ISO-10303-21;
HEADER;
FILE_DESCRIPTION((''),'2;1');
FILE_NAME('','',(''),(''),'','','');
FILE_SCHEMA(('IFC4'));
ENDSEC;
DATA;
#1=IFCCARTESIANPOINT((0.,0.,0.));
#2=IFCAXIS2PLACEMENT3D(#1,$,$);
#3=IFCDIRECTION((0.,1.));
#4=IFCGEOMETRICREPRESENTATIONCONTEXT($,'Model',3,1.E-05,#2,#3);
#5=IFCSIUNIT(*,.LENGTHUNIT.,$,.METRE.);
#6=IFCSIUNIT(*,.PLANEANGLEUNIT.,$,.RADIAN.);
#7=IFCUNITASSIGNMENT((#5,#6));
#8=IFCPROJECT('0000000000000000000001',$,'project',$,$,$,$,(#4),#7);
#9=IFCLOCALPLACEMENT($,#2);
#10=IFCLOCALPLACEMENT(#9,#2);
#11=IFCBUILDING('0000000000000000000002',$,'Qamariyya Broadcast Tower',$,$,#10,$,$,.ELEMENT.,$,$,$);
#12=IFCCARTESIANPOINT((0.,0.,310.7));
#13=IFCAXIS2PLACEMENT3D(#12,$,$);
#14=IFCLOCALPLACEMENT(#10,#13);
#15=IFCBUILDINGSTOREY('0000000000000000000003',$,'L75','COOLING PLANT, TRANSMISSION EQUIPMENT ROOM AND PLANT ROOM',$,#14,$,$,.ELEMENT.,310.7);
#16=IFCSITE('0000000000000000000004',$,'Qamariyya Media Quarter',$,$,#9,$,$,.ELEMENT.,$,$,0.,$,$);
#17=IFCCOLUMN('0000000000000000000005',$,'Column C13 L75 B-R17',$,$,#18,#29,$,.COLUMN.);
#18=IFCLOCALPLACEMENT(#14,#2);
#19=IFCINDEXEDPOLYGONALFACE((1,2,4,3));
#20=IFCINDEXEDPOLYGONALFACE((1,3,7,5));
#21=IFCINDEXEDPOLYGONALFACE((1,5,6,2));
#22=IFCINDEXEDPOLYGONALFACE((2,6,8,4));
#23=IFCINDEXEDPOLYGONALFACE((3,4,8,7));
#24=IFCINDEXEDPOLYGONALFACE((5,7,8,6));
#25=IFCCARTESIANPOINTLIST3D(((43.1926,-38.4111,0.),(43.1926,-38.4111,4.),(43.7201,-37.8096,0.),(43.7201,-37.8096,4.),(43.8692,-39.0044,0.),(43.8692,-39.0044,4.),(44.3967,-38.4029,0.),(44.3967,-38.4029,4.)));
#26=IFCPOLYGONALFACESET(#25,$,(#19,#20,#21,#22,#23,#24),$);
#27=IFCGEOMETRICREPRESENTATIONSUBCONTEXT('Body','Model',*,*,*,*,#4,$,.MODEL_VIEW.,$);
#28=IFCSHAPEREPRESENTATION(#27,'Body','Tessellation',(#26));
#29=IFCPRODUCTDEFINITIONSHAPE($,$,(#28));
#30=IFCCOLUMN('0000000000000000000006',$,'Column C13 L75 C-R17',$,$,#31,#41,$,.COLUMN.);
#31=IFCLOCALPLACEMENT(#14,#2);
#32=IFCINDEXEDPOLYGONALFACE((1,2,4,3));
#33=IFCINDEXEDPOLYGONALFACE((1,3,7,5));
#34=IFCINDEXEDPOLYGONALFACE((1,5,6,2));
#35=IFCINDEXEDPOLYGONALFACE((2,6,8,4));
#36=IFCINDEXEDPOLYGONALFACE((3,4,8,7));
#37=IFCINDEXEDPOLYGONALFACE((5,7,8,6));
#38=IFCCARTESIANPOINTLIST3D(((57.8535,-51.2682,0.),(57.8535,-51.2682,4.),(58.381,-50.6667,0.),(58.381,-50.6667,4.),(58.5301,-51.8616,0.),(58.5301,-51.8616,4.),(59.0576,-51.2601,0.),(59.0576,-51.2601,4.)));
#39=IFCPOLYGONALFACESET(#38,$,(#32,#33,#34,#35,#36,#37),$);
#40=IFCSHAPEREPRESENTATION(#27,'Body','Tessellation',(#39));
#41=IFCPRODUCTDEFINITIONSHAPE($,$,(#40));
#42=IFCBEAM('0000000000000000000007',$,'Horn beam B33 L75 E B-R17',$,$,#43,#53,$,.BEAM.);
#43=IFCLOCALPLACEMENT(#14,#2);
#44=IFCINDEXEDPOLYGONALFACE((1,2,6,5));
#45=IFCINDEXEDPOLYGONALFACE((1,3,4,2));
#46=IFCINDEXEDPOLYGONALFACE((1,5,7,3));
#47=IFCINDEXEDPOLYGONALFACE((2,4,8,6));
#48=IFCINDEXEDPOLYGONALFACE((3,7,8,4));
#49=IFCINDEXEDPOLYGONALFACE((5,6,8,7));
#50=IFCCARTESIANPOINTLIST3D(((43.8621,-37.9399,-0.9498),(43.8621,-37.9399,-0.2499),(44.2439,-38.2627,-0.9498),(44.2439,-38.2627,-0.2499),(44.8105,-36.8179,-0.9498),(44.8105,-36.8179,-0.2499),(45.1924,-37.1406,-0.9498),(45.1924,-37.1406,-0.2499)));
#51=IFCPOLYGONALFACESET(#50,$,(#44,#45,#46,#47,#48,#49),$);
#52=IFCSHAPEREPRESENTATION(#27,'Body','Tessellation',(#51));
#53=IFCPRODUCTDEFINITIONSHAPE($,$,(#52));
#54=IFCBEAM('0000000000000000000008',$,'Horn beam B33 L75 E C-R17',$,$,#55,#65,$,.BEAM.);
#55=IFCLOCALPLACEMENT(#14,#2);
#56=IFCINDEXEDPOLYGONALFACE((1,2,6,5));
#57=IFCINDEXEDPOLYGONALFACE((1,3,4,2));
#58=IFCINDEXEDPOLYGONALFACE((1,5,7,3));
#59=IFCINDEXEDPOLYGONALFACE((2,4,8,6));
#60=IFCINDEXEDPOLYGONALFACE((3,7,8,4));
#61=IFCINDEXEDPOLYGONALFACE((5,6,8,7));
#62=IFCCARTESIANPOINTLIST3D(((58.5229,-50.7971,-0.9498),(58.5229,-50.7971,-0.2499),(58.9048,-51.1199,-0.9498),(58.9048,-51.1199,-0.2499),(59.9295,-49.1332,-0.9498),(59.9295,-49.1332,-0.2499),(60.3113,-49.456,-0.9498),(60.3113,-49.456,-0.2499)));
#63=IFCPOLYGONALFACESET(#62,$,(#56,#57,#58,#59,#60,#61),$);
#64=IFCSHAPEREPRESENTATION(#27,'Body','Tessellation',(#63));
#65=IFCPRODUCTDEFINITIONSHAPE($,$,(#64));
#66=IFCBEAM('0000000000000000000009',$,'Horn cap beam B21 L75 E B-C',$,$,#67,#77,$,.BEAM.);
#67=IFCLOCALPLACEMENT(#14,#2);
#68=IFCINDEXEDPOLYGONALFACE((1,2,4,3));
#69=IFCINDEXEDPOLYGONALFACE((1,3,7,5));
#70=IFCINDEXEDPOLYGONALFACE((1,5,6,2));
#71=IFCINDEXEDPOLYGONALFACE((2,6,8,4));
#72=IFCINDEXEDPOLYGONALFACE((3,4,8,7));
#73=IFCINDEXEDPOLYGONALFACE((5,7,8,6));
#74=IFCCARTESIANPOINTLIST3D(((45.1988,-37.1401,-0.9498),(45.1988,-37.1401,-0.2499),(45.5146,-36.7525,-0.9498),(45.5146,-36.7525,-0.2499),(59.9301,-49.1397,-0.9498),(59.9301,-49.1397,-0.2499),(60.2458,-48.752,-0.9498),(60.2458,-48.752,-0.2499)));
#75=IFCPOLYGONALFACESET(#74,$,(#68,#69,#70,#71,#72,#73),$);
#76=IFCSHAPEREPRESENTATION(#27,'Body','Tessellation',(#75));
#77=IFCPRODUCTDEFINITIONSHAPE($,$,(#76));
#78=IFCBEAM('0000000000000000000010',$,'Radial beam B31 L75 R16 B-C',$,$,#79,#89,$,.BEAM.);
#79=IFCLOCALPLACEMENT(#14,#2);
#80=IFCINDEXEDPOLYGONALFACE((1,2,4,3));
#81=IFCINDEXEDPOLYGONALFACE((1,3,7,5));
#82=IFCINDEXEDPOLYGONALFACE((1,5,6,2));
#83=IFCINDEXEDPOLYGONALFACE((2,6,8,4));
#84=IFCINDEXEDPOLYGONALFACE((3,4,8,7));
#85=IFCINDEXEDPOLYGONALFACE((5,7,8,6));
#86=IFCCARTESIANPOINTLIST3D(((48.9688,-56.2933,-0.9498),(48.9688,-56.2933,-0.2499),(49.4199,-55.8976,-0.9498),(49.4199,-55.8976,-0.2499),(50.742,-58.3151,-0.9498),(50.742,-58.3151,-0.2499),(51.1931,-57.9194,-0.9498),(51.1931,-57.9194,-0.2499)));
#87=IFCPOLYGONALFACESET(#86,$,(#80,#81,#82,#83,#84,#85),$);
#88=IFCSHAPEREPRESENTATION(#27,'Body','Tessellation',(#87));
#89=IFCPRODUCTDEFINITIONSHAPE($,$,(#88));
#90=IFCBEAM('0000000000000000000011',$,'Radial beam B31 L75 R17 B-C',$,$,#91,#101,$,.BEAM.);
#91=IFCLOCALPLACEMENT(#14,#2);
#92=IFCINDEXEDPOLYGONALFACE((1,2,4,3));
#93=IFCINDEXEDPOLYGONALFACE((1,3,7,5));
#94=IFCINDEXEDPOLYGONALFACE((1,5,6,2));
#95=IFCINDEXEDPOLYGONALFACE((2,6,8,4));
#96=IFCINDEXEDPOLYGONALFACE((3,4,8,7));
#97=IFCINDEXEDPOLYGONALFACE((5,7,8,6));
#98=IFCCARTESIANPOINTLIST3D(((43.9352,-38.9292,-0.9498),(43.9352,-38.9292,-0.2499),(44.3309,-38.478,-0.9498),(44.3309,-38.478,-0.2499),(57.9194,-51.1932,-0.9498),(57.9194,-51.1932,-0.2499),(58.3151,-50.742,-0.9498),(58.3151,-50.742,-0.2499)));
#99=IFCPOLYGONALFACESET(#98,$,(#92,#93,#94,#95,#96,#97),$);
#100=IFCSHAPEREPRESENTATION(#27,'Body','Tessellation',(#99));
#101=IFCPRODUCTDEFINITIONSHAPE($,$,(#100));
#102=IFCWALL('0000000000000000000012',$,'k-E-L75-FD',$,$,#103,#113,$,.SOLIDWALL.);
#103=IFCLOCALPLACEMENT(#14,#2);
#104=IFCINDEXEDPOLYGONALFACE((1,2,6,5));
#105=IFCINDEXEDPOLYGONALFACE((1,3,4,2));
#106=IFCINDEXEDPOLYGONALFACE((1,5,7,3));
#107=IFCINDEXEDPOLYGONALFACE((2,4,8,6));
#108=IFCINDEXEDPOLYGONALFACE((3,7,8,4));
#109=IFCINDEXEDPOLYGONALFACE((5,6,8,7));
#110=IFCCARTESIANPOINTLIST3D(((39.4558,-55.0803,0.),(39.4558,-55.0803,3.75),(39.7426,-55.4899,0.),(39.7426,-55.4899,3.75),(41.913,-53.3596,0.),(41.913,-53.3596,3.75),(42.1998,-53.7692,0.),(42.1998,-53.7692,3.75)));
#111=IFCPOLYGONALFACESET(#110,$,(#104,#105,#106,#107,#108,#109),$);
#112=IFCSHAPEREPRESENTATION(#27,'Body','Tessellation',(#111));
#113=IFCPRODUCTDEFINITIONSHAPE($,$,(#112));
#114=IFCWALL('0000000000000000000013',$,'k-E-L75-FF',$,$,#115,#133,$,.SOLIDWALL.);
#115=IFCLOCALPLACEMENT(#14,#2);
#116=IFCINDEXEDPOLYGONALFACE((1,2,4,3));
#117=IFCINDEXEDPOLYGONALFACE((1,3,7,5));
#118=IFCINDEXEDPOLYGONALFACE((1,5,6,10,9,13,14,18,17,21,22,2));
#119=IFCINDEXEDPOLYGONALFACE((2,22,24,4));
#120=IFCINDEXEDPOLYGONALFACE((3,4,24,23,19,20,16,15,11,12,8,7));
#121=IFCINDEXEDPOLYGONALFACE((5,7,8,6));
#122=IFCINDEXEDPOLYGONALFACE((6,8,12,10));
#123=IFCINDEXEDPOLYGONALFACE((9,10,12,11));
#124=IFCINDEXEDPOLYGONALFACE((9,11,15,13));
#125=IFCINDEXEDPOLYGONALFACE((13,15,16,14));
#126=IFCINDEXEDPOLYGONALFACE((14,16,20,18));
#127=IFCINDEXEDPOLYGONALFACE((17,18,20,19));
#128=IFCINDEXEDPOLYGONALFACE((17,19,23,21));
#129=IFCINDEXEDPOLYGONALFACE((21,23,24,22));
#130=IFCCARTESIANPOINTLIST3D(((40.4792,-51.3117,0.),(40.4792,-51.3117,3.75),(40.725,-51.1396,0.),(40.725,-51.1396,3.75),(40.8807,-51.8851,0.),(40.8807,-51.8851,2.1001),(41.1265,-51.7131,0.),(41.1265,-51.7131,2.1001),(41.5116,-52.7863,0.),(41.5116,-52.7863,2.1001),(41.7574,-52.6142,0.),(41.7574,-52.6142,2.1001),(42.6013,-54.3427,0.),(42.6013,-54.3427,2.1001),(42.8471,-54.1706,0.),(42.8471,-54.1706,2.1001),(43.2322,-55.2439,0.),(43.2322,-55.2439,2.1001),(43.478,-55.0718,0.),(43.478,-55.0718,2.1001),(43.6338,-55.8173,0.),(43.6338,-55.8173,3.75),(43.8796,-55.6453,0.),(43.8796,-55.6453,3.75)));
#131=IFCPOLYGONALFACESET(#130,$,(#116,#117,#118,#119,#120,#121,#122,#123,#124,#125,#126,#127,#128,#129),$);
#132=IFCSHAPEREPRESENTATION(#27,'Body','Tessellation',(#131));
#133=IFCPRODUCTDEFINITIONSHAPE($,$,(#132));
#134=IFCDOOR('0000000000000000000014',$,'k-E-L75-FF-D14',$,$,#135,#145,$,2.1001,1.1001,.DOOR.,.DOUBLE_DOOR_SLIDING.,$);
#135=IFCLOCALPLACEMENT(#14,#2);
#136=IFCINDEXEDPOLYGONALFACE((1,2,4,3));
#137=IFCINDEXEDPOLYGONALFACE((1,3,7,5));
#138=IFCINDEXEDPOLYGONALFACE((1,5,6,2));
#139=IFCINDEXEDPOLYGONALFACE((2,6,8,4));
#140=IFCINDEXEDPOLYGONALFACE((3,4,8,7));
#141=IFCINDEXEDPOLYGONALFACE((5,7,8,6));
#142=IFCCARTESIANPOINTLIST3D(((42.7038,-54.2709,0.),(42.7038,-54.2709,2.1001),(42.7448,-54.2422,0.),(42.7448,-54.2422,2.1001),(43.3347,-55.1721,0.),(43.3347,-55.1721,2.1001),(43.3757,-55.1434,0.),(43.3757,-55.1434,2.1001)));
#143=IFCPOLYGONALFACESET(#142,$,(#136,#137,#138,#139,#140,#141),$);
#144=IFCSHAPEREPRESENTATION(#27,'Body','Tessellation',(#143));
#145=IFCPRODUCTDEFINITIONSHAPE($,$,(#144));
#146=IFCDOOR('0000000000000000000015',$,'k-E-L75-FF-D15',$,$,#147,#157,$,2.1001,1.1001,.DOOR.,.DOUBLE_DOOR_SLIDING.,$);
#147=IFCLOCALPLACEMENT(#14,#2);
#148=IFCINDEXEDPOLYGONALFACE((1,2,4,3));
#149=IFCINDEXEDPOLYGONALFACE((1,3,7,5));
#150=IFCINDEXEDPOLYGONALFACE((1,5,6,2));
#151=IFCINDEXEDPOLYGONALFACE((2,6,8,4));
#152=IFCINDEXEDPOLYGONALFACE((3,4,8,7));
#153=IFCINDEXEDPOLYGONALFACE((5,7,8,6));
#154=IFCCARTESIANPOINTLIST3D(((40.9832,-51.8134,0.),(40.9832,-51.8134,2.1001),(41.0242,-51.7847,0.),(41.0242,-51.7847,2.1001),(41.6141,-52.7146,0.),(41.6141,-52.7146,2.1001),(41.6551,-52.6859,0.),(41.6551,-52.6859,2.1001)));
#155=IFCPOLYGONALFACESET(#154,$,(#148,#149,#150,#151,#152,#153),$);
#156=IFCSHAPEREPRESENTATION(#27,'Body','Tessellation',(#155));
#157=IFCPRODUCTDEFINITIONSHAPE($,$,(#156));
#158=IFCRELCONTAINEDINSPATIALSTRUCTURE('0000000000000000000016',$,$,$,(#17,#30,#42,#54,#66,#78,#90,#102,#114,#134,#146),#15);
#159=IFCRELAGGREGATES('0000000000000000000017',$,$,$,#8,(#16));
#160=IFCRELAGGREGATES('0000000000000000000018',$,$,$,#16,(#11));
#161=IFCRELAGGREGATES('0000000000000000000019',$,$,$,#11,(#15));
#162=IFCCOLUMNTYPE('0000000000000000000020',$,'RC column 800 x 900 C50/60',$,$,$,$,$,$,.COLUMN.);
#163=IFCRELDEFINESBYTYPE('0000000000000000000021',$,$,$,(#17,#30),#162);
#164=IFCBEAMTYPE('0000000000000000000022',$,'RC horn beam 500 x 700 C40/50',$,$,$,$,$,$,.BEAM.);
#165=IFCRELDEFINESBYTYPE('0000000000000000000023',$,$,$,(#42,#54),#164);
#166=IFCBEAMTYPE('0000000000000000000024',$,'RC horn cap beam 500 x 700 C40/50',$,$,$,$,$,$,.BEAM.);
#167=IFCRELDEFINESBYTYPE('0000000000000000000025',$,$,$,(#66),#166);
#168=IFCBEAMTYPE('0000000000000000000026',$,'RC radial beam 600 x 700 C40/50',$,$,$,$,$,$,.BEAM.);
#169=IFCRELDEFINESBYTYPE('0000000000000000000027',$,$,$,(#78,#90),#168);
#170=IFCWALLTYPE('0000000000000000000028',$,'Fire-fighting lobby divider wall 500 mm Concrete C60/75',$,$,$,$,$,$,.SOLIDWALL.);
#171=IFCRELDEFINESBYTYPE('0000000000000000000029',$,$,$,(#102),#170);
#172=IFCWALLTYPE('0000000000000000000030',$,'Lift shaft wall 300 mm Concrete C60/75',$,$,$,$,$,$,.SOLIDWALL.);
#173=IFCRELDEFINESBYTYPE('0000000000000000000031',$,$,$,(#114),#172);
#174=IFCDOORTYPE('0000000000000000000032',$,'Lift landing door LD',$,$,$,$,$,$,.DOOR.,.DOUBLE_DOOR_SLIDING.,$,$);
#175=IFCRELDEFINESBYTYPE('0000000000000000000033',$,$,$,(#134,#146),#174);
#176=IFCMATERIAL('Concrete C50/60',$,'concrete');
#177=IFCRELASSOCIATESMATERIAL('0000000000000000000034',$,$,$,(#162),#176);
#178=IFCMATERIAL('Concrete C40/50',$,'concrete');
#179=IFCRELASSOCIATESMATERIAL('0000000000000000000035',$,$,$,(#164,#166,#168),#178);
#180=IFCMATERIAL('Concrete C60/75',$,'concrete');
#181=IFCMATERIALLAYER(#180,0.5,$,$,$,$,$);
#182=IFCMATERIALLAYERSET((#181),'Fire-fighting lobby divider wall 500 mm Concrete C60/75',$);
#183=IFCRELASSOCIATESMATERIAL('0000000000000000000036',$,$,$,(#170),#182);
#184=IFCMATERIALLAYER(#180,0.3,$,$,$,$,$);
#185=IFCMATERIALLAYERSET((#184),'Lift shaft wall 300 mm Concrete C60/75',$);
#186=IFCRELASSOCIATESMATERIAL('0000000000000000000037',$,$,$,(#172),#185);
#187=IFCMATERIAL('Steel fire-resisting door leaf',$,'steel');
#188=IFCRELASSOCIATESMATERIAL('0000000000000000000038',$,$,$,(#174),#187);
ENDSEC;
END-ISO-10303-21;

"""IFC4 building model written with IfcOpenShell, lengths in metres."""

from ifc_helpers import new_model, si_unit, direction, frame, frame_2d, origin, origin_2d, place, context, subcontext, project, spatial, rectangle, extrude, material, layer, layer_set, material_profile, profile_set, type_object, element, fill, save


model = new_model("IFC4")

# Units and contexts
model_context = context("Model", 3, precision=1e-05, world=origin(), true_north=direction((0.0, 1.0)))
body_context = subcontext(model_context, "Body", "Model", "MODEL_VIEW")
ifc_project = project(units=[si_unit("LENGTHUNIT", "METRE"), si_unit("PLANEANGLEUNIT", "RADIAN")], contexts=[model_context])

# Site, building, storey
site_placement = place(None, origin())
site = spatial("IfcSite", under=ifc_project, at=site_placement, Name="Qamariyya Media Quarter", CompositionType="ELEMENT", RefElevation=0.0)
building_placement = place(site_placement, origin())
building = spatial("IfcBuilding", under=site, at=building_placement, Name="Qamariyya Broadcast Tower", CompositionType="ELEMENT")
storey_placement = place(building_placement, frame((0.0, 0.0, 310.7)))
storey = spatial("IfcBuildingStorey", under=building, at=storey_placement, Name="L75", Description="COOLING PLANT, TRANSMISSION EQUIPMENT ROOM AND PLANT ROOM", CompositionType="ELEMENT", Elevation=310.7)

# Columns
ifc_material_1 = material(Name="Concrete C50/60", Category="concrete")
ifc_material_profile_1 = material_profile(ifc_material_1, rectangle(XDim=0.8, YDim=0.8999, at=origin_2d()))
ifc_profile_set_1 = profile_set([ifc_material_profile_1], Name="Concrete C50/60")
column_type = type_object("IfcColumnType", Name="RC column 800 x 900 C50/60", PredefinedType="COLUMN", material=ifc_profile_set_1)
for number, where, z_axis, x_axis, name in (
    (1, (43.7947, -38.407, 0.0), (0.0, 0.0, 1.0), (0.659346, 0.75184, 0.0), "Column C13 L75 B-R17"),
    (2, (58.4556, -51.2642, 0.0), (0.0, 0.0, 1.0), (0.659346, 0.75184, 0.0), "Column C13 L75 C-R17"),
):
    element("IfcColumn", number, at=place(storey_placement, frame(where, z_axis=z_axis, x_axis=x_axis)), inside=storey, type_object=column_type, Name=name, PredefinedType="COLUMN", context=body_context, shape_type="SweptSolid", body=[
        extrude(rectangle(XDim=0.8, YDim=0.8999, at=origin_2d()), origin(), (0.0, 0.0, 1.0), 4.0),
    ])

# Beams
ifc_material_2 = material(Name="Concrete C40/50", Category="concrete")
ifc_material_profile_2 = material_profile(ifc_material_2, rectangle(XDim=0.5, YDim=0.7, at=origin_2d()))
ifc_profile_set_2 = profile_set([ifc_material_profile_2], Name="Concrete C40/50")
beam_type_1 = type_object("IfcBeamType", Name="RC horn beam 500 x 700 C40/50", PredefinedType="BEAM", material=ifc_profile_set_2)
beam_1_placement = place(storey_placement, frame((44.053, -38.1013, -0.5999), z_axis=(0.645562, 0.763708, 0.0), x_axis=(-0.763708, 0.645562, 0.0)))
element("IfcBeam", 3, at=beam_1_placement, inside=storey, type_object=beam_type_1, Name="Horn beam B33 L75 E B-R17", PredefinedType="BEAM", context=body_context, shape_type="SweptSolid", body=[
    extrude(rectangle(XDim=0.5, YDim=0.7, at=origin_2d()), origin(), (0.0, 0.0, 1.0), 1.4692),
])
beam_2_placement = place(storey_placement, frame((58.7139, -50.9585, -0.5999), z_axis=(0.64558, 0.763692, 0.0), x_axis=(-0.763692, 0.64558, 0.0)))
element("IfcBeam", 4, at=beam_2_placement, inside=storey, type_object=beam_type_1, Name="Horn beam B33 L75 E C-R17", PredefinedType="BEAM", context=body_context, shape_type="SweptSolid", body=[
    extrude(rectangle(XDim=0.5, YDim=0.7, at=origin_2d()), origin(), (0.0, 0.0, 1.0), 2.1787),
])
ifc_material_profile_3 = material_profile(ifc_material_2, rectangle(XDim=0.5, YDim=0.7, at=origin_2d()))
ifc_profile_set_3 = profile_set([ifc_material_profile_3], Name="Concrete C40/50")
beam_type_2 = type_object("IfcBeamType", Name="RC horn cap beam 500 x 700 C40/50", PredefinedType="BEAM", material=ifc_profile_set_3)
beam_3_placement = place(storey_placement, frame((45.3567, -36.9463, -0.5999), z_axis=(0.77533, -0.631556, 0.0), x_axis=(0.631556, 0.77533, 0.0)))
element("IfcBeam", 5, at=beam_3_placement, inside=storey, type_object=beam_type_2, Name="Horn cap beam B21 L75 E B-C", PredefinedType="BEAM", context=body_context, shape_type="SweptSolid", body=[
    extrude(rectangle(XDim=0.5, YDim=0.7, at=origin_2d()), origin(), (0.0, 0.0, 1.0), 19.0),
])
ifc_material_profile_4 = material_profile(ifc_material_2, rectangle(XDim=0.6001, YDim=0.7, at=origin_2d()))
ifc_profile_set_4 = profile_set([ifc_material_profile_4], Name="Concrete C40/50")
beam_type_3 = type_object("IfcBeamType", Name="RC radial beam 600 x 700 C40/50", PredefinedType="BEAM", material=ifc_profile_set_4)
beam_4_placement = place(storey_placement, frame((49.1943, -56.0955, -0.5999), z_axis=(0.659385, -0.751806, 0.0), x_axis=(0.751806, 0.659385, 0.0)))
element("IfcBeam", 6, at=beam_4_placement, inside=storey, type_object=beam_type_3, Name="Radial beam B31 L75 R16 B-C", PredefinedType="BEAM", context=body_context, shape_type="SweptSolid", body=[
    extrude(rectangle(XDim=0.6001, YDim=0.7, at=origin_2d()), origin(), (0.0, 0.0, 1.0), 2.6892),
])
beam_5_placement = place(storey_placement, frame((44.1331, -38.7036, -0.5999), z_axis=(0.751835, -0.659351, 0.0), x_axis=(0.659351, 0.751835, 0.0)))
element("IfcBeam", 7, at=beam_5_placement, inside=storey, type_object=beam_type_3, Name="Radial beam B31 L75 R17 B-C", PredefinedType="BEAM", context=body_context, shape_type="SweptSolid", body=[
    extrude(rectangle(XDim=0.6001, YDim=0.7, at=origin_2d()), origin(), (0.0, 0.0, 1.0), 18.6001),
])

# Wall
ifc_material_3 = material(Name="Concrete C60/75", Category="concrete")
ifc_layer_1 = layer(ifc_material_3, 0.5)
ifc_layer_set_1 = layer_set([ifc_layer_1], Name="Fire-fighting lobby divider wall 500 mm Concrete C60/75")
wall_type_1 = type_object("IfcWallType", Name="Fire-fighting lobby divider wall 500 mm Concrete C60/75", PredefinedType="SOLIDWALL", material=ifc_layer_set_1)
wall_1_placement = place(storey_placement, frame((39.5991, -55.2852, 0.0), z_axis=(0.0, 0.0, 1.0), x_axis=(0.819136, 0.573599, 0.0)))
element("IfcWall", 8, at=wall_1_placement, inside=storey, type_object=wall_type_1, Name="k-E-L75-FD", PredefinedType="SOLIDWALL", context=body_context, shape_type="SweptSolid", body=[
    extrude(rectangle(XDim=2.9998, YDim=0.5, at=frame_2d((1.5, 0.0))), origin(), (0.0, 0.0, 1.0), 3.75),
])

# Wall, openings, doors
ifc_layer_2 = layer(ifc_material_3, 0.3)
ifc_layer_set_2 = layer_set([ifc_layer_2], Name="Lift shaft wall 300 mm Concrete C60/75")
wall_type_2 = type_object("IfcWallType", Name="Lift shaft wall 300 mm Concrete C60/75", PredefinedType="SOLIDWALL", material=ifc_layer_set_2)
wall_2_placement = place(storey_placement, frame((43.7566, -55.7312, 0.0), z_axis=(0.0, 0.0, 1.0), x_axis=(-0.573537, 0.81918, 0.0)))
wall_2 = element("IfcWall", 9, at=wall_2_placement, inside=storey, type_object=wall_type_2, Name="k-E-L75-FF", PredefinedType="SOLIDWALL", context=body_context, shape_type="SweptSolid", body=[
    extrude(rectangle(XDim=5.5002, YDim=0.3, at=frame_2d((2.75, 0.0))), origin(), (0.0, 0.0, 1.0), 3.75),
])
opening_1_placement = place(wall_2_placement, frame((0.7, 0.0, 0.0)))
opening_1 = element("IfcOpeningElement", 10, at=opening_1_placement, cuts=wall_2, PredefinedType="OPENING", context=body_context, shape_type="SweptSolid", body=[
    extrude(rectangle(XDim=1.1001, YDim=2.1001, at=frame_2d((0.55, 1.05))), frame((0.0, 0.1599, 0.0), z_axis=(0.0, -1.0, 0.0), x_axis=(1.0, 0.0, 0.0)), (0.0, 0.0, 1.0), 0.3201),
])
opening_2_placement = place(wall_2_placement, frame((3.7, 0.0, 0.0)))
opening_2 = element("IfcOpeningElement", 11, at=opening_2_placement, cuts=wall_2, PredefinedType="OPENING", context=body_context, shape_type="SweptSolid", body=[
    extrude(rectangle(XDim=1.1001, YDim=2.1001, at=frame_2d((0.55, 1.05))), frame((0.0, 0.1599, 0.0), z_axis=(0.0, -1.0, 0.0), x_axis=(1.0, 0.0, 0.0)), (0.0, 0.0, 1.0), 0.3201),
])
ifc_material_4 = material(Name="Steel fire-resisting door leaf", Category="steel")
door_type_1 = type_object("IfcDoorType", Name="Lift landing door LD", OperationType="DOUBLE_DOOR_SLIDING", PredefinedType="DOOR", material=ifc_material_4)
door_1_placement = place(opening_1_placement, origin())
door_1 = element("IfcDoor", 12, at=door_1_placement, inside=storey, type_object=door_type_1, Name="k-E-L75-FF-D14", OperationType="DOUBLE_DOOR_SLIDING", OverallHeight=2.1001, OverallWidth=1.1001, PredefinedType="DOOR", context=body_context, shape_type="SweptSolid", body=[
    extrude(rectangle(XDim=1.1001, YDim=2.1001, at=frame_2d((0.55, 1.05))), frame((0.0, 0.0249, 0.0), z_axis=(0.0, -1.0, 0.0), x_axis=(1.0, 0.0, 0.0)), (0.0, 0.0, 1.0), 0.05),
])
fill(opening_1, door_1)
door_2_placement = place(opening_2_placement, origin())
door_2 = element("IfcDoor", 13, at=door_2_placement, inside=storey, type_object=door_type_1, Name="k-E-L75-FF-D15", OperationType="DOUBLE_DOOR_SLIDING", OverallHeight=2.1001, OverallWidth=1.1001, PredefinedType="DOOR", context=body_context, shape_type="SweptSolid", body=[
    extrude(rectangle(XDim=1.1001, YDim=2.1001, at=frame_2d((0.55, 1.05))), frame((0.0, 0.0249, 0.0), z_axis=(0.0, -1.0, 0.0), x_axis=(1.0, 0.0, 0.0)), (0.0, 0.0, 1.0), 0.05),
])
fill(opening_2, door_2)

save(model, "model.ifc")
